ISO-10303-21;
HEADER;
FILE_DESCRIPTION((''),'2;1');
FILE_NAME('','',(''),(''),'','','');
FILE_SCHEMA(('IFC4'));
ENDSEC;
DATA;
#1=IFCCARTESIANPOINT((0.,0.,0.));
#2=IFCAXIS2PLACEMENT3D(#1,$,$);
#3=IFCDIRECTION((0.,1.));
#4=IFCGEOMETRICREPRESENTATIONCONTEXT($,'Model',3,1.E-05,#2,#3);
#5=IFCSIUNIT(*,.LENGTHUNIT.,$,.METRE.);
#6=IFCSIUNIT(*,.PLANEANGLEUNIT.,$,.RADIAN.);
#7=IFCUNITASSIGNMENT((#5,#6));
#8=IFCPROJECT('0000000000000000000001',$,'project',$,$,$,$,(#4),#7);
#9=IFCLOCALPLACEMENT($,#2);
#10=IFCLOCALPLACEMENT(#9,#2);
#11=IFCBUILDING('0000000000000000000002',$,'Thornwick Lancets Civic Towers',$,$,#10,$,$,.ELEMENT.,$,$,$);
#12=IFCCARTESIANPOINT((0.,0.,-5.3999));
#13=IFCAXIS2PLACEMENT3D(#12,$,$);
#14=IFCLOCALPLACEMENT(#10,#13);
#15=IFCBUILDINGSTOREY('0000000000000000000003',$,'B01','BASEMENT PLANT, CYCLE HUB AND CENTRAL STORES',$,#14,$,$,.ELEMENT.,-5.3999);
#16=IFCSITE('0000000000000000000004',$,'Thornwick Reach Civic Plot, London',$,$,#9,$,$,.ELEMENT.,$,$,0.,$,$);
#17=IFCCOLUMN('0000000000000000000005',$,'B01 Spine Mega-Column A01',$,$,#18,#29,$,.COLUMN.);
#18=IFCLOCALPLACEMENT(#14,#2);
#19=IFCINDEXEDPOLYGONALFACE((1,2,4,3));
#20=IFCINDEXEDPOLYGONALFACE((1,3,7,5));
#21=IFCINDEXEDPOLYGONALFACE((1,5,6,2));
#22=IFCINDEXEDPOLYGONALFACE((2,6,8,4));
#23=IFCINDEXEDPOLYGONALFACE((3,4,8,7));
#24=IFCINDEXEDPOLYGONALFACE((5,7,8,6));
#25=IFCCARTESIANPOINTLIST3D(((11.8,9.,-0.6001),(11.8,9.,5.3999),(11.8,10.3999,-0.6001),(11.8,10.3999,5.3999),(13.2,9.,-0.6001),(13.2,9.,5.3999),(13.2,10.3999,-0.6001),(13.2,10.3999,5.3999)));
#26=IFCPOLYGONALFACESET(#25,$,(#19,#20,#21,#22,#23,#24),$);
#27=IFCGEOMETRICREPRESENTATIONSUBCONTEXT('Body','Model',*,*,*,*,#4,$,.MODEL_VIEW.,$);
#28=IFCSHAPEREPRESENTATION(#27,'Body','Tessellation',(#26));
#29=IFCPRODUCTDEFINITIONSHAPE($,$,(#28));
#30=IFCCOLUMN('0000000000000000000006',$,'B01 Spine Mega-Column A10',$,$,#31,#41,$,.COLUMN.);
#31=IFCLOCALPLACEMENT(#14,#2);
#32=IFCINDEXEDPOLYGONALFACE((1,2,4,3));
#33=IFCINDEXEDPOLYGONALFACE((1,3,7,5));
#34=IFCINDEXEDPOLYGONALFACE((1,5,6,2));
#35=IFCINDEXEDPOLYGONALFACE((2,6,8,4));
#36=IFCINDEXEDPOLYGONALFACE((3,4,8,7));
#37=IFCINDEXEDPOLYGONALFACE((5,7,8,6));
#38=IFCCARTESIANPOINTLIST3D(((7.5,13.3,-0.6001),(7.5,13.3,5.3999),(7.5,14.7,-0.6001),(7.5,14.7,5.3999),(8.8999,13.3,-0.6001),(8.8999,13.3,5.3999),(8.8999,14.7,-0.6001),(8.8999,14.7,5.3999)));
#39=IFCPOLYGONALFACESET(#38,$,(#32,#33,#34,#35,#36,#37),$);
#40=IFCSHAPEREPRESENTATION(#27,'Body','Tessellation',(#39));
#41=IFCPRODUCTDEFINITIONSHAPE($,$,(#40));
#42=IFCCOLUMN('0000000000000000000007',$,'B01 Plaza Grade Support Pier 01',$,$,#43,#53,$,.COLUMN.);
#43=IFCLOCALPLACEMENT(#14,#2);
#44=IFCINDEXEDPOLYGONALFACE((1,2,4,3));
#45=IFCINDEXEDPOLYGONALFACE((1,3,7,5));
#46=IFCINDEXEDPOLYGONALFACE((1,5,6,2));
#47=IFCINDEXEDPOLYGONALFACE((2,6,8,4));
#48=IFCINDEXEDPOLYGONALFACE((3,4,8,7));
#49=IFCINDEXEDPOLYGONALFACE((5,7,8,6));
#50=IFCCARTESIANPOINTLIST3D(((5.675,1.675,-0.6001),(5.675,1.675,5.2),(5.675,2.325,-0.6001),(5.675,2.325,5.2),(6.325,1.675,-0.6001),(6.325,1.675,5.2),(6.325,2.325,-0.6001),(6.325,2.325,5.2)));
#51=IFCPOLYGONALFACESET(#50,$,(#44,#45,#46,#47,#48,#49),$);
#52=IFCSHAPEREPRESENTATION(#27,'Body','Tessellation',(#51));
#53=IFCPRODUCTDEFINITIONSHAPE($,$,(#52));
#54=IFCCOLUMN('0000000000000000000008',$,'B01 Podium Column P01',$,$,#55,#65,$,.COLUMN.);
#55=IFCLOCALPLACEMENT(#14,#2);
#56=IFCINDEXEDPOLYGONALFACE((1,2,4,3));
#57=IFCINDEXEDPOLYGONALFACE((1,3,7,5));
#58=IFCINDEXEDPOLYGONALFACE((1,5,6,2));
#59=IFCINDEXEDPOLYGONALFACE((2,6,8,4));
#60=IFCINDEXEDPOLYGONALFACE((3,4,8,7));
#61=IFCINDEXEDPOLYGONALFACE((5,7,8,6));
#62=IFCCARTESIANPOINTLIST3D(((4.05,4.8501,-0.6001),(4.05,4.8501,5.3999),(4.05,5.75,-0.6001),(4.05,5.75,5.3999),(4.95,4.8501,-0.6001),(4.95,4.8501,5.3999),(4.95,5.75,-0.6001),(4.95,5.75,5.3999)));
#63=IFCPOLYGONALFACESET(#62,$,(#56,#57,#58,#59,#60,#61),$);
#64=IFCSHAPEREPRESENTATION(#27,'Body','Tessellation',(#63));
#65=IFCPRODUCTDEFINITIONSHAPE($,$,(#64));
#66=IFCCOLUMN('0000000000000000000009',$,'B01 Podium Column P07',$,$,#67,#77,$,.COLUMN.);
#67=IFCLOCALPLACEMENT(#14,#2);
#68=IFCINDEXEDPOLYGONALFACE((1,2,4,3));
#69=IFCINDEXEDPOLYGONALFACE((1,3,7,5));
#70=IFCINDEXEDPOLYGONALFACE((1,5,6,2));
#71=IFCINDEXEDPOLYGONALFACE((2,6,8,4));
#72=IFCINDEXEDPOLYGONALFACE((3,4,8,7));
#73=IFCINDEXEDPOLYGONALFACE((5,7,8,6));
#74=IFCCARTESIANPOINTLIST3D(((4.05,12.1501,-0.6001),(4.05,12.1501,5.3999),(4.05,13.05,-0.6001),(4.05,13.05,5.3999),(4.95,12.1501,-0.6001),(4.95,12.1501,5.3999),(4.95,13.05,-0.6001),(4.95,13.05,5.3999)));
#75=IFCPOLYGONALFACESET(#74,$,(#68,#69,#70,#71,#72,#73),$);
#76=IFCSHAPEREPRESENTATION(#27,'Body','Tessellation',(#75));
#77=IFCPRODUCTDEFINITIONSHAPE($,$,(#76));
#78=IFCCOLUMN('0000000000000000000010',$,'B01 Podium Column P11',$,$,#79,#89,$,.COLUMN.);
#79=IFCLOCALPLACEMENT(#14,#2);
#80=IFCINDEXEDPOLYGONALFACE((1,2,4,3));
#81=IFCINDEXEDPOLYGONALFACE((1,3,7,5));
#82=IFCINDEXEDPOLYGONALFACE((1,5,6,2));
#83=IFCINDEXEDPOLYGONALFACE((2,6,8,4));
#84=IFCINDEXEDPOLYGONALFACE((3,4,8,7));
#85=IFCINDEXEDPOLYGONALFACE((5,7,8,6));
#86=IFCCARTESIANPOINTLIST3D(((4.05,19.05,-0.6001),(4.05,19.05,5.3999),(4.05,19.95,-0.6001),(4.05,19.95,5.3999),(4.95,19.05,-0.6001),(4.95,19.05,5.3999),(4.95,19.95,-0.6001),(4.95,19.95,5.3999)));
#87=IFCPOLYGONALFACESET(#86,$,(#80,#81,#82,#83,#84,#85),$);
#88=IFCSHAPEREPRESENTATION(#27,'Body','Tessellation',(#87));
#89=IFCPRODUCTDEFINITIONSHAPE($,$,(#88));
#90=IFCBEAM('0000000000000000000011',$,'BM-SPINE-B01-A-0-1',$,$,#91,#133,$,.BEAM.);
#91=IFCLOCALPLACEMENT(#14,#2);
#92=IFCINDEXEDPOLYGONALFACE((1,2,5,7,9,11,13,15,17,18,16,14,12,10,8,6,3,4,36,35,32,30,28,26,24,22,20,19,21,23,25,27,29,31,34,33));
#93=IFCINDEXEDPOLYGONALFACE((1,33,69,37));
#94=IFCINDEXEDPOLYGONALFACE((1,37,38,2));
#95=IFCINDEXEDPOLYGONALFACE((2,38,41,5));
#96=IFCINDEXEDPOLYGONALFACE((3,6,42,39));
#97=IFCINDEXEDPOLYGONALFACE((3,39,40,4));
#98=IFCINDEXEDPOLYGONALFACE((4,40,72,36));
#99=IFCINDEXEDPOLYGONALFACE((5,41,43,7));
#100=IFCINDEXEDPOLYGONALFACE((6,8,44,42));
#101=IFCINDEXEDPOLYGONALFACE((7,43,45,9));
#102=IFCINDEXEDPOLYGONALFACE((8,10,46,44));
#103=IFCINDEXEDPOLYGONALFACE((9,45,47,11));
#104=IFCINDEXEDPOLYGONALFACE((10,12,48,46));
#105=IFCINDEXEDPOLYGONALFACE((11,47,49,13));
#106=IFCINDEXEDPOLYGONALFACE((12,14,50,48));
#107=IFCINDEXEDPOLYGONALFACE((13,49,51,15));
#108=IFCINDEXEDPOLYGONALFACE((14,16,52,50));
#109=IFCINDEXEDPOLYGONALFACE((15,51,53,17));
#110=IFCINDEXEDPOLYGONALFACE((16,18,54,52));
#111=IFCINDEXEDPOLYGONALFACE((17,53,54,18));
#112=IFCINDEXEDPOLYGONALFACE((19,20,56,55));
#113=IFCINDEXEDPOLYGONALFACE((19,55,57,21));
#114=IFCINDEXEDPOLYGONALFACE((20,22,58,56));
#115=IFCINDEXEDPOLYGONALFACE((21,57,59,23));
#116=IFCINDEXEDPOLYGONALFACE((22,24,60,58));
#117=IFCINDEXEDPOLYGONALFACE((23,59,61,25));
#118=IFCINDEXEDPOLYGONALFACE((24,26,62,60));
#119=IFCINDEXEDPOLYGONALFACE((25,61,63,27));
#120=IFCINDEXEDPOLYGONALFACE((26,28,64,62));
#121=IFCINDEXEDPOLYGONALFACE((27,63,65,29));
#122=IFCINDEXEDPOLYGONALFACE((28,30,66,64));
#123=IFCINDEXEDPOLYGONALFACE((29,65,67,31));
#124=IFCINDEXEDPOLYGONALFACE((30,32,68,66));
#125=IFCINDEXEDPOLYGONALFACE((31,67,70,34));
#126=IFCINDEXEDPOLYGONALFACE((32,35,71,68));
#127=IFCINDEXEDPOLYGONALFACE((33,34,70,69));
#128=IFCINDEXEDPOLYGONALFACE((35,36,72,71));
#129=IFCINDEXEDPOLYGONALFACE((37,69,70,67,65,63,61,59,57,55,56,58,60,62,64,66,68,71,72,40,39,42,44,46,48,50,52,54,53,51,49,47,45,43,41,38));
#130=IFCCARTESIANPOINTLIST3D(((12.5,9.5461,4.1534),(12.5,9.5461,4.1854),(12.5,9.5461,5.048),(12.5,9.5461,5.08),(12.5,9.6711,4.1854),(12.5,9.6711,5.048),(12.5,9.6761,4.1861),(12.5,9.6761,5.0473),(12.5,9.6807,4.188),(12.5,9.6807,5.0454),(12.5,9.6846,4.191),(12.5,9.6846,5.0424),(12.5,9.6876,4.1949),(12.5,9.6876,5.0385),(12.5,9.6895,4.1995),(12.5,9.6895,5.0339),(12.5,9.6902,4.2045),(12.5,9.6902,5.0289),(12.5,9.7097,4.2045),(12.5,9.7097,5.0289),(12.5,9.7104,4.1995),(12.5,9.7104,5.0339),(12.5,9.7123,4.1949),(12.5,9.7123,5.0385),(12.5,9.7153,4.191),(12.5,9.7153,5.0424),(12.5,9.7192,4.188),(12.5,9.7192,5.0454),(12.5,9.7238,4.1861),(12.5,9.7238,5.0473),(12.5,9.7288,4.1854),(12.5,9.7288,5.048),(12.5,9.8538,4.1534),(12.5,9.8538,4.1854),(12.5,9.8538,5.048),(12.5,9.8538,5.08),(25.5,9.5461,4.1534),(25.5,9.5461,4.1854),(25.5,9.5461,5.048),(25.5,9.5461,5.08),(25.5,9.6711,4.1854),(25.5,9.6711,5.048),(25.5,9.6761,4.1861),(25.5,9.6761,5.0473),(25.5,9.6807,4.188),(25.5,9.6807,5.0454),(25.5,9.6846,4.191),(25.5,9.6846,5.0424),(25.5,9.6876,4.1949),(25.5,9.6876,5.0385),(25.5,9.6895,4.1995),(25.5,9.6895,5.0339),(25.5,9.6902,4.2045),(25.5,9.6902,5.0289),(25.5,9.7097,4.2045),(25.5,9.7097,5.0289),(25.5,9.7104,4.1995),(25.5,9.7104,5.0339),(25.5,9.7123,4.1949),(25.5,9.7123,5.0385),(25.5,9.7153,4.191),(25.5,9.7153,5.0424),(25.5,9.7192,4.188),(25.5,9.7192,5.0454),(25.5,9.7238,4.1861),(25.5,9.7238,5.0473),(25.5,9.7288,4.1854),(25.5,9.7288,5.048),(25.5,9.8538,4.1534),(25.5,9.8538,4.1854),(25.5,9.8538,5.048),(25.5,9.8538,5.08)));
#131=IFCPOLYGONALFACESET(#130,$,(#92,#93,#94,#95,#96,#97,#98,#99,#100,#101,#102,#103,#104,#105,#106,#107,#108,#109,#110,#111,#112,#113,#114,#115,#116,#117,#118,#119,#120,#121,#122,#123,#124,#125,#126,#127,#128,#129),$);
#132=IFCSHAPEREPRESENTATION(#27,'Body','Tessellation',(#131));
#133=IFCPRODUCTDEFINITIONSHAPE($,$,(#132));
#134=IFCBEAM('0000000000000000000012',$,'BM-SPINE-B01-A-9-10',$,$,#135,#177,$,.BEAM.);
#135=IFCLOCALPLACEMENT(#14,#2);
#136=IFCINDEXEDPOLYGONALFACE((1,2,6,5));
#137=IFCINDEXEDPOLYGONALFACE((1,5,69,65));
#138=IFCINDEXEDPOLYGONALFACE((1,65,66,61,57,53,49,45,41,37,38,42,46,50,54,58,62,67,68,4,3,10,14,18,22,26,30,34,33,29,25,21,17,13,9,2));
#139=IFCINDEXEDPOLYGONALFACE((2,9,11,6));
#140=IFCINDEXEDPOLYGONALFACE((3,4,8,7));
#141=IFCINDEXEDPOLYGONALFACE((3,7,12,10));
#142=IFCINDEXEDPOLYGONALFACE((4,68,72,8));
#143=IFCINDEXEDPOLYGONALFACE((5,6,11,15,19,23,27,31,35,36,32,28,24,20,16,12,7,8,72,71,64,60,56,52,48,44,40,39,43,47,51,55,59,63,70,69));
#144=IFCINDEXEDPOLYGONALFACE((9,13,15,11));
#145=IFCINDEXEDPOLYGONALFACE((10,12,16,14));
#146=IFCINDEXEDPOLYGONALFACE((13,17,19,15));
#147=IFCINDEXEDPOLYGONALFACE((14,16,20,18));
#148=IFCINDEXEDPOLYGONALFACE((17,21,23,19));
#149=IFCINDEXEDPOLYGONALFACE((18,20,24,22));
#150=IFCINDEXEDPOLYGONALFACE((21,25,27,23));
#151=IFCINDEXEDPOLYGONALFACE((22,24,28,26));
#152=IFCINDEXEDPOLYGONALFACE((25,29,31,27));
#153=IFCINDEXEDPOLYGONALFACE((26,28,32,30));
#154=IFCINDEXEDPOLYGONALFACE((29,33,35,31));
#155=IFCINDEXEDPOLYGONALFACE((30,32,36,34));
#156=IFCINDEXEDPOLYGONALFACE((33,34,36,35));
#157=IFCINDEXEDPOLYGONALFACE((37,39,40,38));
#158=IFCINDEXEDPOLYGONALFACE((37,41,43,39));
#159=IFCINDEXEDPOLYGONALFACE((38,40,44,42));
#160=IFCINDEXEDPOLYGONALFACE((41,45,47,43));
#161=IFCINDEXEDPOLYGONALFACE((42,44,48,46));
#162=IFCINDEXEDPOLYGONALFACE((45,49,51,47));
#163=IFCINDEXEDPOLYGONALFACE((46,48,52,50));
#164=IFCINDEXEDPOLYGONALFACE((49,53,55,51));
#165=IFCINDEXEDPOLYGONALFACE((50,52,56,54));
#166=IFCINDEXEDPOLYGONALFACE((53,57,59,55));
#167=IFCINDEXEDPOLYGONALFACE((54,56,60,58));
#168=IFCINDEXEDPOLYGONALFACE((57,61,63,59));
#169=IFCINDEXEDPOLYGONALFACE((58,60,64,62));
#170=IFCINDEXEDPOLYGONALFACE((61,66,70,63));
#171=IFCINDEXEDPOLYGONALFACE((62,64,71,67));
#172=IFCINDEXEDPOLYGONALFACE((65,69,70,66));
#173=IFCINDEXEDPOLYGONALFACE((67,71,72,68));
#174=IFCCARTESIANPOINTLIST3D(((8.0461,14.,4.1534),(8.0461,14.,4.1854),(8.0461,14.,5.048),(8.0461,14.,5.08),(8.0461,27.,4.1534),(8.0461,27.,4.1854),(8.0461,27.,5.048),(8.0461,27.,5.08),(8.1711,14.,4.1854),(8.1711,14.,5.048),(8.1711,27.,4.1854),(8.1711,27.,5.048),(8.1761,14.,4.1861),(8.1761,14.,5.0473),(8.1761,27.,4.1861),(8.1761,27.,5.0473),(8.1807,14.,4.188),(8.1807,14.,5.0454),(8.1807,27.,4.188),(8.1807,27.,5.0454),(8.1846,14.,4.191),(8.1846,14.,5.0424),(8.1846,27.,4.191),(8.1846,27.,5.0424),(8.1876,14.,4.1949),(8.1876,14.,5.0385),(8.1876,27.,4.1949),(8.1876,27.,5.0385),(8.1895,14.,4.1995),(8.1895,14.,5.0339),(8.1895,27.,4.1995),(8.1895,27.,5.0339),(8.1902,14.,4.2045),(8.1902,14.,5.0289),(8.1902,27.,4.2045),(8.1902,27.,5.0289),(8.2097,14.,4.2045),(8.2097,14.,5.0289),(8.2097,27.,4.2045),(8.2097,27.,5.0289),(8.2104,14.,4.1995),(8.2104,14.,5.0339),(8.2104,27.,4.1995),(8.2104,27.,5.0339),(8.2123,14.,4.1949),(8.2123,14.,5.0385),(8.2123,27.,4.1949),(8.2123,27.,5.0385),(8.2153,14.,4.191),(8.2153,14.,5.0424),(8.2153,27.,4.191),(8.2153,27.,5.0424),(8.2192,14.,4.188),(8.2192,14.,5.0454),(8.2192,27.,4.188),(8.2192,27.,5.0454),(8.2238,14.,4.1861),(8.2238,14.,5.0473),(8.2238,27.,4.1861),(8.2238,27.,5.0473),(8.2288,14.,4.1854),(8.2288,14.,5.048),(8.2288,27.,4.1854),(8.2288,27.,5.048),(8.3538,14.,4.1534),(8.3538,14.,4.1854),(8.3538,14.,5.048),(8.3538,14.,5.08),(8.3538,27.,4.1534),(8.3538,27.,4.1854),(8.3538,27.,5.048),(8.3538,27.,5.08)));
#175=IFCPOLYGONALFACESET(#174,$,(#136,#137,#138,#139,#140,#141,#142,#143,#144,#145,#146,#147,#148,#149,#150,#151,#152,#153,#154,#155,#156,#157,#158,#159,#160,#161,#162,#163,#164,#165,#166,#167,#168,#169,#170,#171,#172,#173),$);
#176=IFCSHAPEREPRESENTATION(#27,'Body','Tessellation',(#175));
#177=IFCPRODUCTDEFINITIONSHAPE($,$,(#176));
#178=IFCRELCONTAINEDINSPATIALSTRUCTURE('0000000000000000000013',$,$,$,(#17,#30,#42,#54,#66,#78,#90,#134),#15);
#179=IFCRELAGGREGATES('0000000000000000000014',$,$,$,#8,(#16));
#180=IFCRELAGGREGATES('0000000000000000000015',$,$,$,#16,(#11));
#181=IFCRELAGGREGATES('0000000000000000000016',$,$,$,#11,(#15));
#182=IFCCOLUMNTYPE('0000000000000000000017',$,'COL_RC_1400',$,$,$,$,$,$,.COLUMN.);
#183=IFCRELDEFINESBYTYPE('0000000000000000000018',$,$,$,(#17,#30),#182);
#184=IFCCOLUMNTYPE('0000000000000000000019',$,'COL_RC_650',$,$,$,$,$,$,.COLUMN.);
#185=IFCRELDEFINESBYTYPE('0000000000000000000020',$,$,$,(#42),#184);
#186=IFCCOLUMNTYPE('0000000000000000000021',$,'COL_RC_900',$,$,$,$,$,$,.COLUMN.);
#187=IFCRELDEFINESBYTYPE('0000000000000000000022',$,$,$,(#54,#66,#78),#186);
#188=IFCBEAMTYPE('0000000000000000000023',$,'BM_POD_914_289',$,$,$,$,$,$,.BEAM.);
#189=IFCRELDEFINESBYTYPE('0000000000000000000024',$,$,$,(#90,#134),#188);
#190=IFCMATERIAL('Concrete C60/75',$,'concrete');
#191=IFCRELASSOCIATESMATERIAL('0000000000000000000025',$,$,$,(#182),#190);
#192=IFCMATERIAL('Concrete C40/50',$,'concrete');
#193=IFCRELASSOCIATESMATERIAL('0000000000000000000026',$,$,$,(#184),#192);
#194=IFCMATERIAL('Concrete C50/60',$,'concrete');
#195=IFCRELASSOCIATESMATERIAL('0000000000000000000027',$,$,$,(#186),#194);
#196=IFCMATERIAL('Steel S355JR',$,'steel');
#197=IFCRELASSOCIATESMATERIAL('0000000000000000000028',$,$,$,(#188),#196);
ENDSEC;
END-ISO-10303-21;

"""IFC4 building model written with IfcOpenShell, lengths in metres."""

from ifc_helpers import new_model, si_unit, direction, frame, origin, origin_2d, place, context, subcontext, project, spatial, rectangle, i_section, extrude, material, material_profile, profile_set, type_object, element, save


model = new_model("IFC4")

# Units and contexts
model_context = context("Model", 3, precision=1e-05, world=origin(), true_north=direction((0.0, 1.0)))
body_context = subcontext(model_context, "Body", "Model", "MODEL_VIEW")
ifc_project = project(units=[si_unit("LENGTHUNIT", "METRE"), si_unit("PLANEANGLEUNIT", "RADIAN")], contexts=[model_context])

# Site, building, storey
site_placement = place(None, origin())
site = spatial("IfcSite", under=ifc_project, at=site_placement, Name="Thornwick Reach Civic Plot, London", CompositionType="ELEMENT", RefElevation=0.0)
building_placement = place(site_placement, origin())
building = spatial("IfcBuilding", under=site, at=building_placement, Name="Thornwick Lancets Civic Towers", CompositionType="ELEMENT")
storey_placement = place(building_placement, frame((0.0, 0.0, -5.3999)))
storey = spatial("IfcBuildingStorey", under=building, at=storey_placement, Name="B01", Description="BASEMENT PLANT, CYCLE HUB AND CENTRAL STORES", CompositionType="ELEMENT", Elevation=-5.3999)

# Shared definitions
ifc_material_1 = material(Name="Concrete C40/50", Category="concrete")

# Columns
ifc_material_2 = material(Name="Concrete C60/75", Category="concrete")
ifc_material_profile_1 = material_profile(ifc_material_2, rectangle(XDim=1.3999, YDim=1.3999, at=origin_2d()), Name="RC 1400x1400")
ifc_profile_set_1 = profile_set([ifc_material_profile_1], Name="Concrete C60/75")
column_type_1 = type_object("IfcColumnType", Name="COL_RC_1400", PredefinedType="COLUMN", material=ifc_profile_set_1)
for number, where, z_axis, x_axis, name in (
    (1, (12.5, 9.7, -0.6001), (0.0, 0.0, 1.0), (1.0, 0.0, 0.0), "B01 Spine Mega-Column A01"),
    (2, (8.2, 14.0, -0.6001), (0.0, 0.0, 1.0), (1.0, 0.0, 0.0), "B01 Spine Mega-Column A10"),
):
    element("IfcColumn", number, at=place(storey_placement, frame(where, z_axis=z_axis, x_axis=x_axis)), inside=storey, type_object=column_type_1, Name=name, PredefinedType="COLUMN", context=body_context, shape_type="SweptSolid", body=[
        extrude(rectangle(XDim=1.3999, YDim=1.3999, at=origin_2d()), origin(), (0.0, 0.0, 1.0), 6.0),
    ])
ifc_material_profile_2 = material_profile(ifc_material_1, rectangle(XDim=0.6499, YDim=0.6499, at=origin_2d()), Name="RC 650x650")
ifc_profile_set_2 = profile_set([ifc_material_profile_2], Name="Concrete C40/50")
column_type_2 = type_object("IfcColumnType", Name="COL_RC_650", PredefinedType="COLUMN", material=ifc_profile_set_2)
column_placement = place(storey_placement, frame((6.0, 2.0, -0.6001), z_axis=(0.0, 0.0, 1.0), x_axis=(1.0, 0.0, 0.0)))
element("IfcColumn", 3, at=column_placement, inside=storey, type_object=column_type_2, Name="B01 Plaza Grade Support Pier 01", PredefinedType="COLUMN", context=body_context, shape_type="SweptSolid", body=[
    extrude(rectangle(XDim=0.6499, YDim=0.6499, at=origin_2d()), origin(), (0.0, 0.0, 1.0), 5.8),
])
ifc_material_3 = material(Name="Concrete C50/60", Category="concrete")
ifc_material_profile_3 = material_profile(ifc_material_3, rectangle(XDim=0.8999, YDim=0.8999, at=origin_2d()), Name="RC 900x900")
ifc_profile_set_3 = profile_set([ifc_material_profile_3], Name="Concrete C50/60")
column_type_3 = type_object("IfcColumnType", Name="COL_RC_900", PredefinedType="COLUMN", material=ifc_profile_set_3)
for number, where, z_axis, x_axis, name in (
    (4, (4.5, 5.3, -0.6001), (0.0, 0.0, 1.0), (1.0, 0.0, 0.0), "B01 Podium Column P01"),
    (5, (4.5, 12.6001, -0.6001), (0.0, 0.0, 1.0), (1.0, 0.0, 0.0), "B01 Podium Column P07"),
    (6, (4.5, 19.5, -0.6001), (0.0, 0.0, 1.0), (1.0, 0.0, 0.0), "B01 Podium Column P11"),
):
    element("IfcColumn", number, at=place(storey_placement, frame(where, z_axis=z_axis, x_axis=x_axis)), inside=storey, type_object=column_type_3, Name=name, PredefinedType="COLUMN", context=body_context, shape_type="SweptSolid", body=[
        extrude(rectangle(XDim=0.8999, YDim=0.8999, at=origin_2d()), origin(), (0.0, 0.0, 1.0), 6.0),
    ])

# Beams
ifc_material_4 = material(Name="Steel S355JR", Category="steel")
ifc_material_profile_4 = material_profile(ifc_material_4, i_section(OverallWidth=0.3076, OverallDepth=0.9265, WebThickness=0.0195, FlangeThickness=0.032, FilletRadius=0.019, at=origin_2d()), Name="UKB 914x305x289")
ifc_profile_set_4 = profile_set([ifc_material_profile_4], Name="Steel S355JR")
beam_type = type_object("IfcBeamType", Name="BM_POD_914_289", PredefinedType="BEAM", material=ifc_profile_set_4)
for number, where, z_axis, x_axis, name in (
    (7, (12.5, 9.7, 4.6167), (1.0, 0.0, 0.0), (0.0, 1.0, 0.0), "BM-SPINE-B01-A-0-1"),
    (8, (8.2, 14.0, 4.6167), (0.0, 1.0, 0.0), (-1.0, 0.0, 0.0), "BM-SPINE-B01-A-9-10"),
):
    element("IfcBeam", number, at=place(storey_placement, frame(where, z_axis=z_axis, x_axis=x_axis)), inside=storey, type_object=beam_type, Name=name, PredefinedType="BEAM", context=body_context, shape_type="SweptSolid", body=[
        extrude(i_section(OverallWidth=0.3076, OverallDepth=0.9265, WebThickness=0.0195, FlangeThickness=0.032, FilletRadius=0.019, at=origin_2d()), origin(), (0.0, 0.0, 1.0), 13.0),
    ])

save(model, "model.ifc")
